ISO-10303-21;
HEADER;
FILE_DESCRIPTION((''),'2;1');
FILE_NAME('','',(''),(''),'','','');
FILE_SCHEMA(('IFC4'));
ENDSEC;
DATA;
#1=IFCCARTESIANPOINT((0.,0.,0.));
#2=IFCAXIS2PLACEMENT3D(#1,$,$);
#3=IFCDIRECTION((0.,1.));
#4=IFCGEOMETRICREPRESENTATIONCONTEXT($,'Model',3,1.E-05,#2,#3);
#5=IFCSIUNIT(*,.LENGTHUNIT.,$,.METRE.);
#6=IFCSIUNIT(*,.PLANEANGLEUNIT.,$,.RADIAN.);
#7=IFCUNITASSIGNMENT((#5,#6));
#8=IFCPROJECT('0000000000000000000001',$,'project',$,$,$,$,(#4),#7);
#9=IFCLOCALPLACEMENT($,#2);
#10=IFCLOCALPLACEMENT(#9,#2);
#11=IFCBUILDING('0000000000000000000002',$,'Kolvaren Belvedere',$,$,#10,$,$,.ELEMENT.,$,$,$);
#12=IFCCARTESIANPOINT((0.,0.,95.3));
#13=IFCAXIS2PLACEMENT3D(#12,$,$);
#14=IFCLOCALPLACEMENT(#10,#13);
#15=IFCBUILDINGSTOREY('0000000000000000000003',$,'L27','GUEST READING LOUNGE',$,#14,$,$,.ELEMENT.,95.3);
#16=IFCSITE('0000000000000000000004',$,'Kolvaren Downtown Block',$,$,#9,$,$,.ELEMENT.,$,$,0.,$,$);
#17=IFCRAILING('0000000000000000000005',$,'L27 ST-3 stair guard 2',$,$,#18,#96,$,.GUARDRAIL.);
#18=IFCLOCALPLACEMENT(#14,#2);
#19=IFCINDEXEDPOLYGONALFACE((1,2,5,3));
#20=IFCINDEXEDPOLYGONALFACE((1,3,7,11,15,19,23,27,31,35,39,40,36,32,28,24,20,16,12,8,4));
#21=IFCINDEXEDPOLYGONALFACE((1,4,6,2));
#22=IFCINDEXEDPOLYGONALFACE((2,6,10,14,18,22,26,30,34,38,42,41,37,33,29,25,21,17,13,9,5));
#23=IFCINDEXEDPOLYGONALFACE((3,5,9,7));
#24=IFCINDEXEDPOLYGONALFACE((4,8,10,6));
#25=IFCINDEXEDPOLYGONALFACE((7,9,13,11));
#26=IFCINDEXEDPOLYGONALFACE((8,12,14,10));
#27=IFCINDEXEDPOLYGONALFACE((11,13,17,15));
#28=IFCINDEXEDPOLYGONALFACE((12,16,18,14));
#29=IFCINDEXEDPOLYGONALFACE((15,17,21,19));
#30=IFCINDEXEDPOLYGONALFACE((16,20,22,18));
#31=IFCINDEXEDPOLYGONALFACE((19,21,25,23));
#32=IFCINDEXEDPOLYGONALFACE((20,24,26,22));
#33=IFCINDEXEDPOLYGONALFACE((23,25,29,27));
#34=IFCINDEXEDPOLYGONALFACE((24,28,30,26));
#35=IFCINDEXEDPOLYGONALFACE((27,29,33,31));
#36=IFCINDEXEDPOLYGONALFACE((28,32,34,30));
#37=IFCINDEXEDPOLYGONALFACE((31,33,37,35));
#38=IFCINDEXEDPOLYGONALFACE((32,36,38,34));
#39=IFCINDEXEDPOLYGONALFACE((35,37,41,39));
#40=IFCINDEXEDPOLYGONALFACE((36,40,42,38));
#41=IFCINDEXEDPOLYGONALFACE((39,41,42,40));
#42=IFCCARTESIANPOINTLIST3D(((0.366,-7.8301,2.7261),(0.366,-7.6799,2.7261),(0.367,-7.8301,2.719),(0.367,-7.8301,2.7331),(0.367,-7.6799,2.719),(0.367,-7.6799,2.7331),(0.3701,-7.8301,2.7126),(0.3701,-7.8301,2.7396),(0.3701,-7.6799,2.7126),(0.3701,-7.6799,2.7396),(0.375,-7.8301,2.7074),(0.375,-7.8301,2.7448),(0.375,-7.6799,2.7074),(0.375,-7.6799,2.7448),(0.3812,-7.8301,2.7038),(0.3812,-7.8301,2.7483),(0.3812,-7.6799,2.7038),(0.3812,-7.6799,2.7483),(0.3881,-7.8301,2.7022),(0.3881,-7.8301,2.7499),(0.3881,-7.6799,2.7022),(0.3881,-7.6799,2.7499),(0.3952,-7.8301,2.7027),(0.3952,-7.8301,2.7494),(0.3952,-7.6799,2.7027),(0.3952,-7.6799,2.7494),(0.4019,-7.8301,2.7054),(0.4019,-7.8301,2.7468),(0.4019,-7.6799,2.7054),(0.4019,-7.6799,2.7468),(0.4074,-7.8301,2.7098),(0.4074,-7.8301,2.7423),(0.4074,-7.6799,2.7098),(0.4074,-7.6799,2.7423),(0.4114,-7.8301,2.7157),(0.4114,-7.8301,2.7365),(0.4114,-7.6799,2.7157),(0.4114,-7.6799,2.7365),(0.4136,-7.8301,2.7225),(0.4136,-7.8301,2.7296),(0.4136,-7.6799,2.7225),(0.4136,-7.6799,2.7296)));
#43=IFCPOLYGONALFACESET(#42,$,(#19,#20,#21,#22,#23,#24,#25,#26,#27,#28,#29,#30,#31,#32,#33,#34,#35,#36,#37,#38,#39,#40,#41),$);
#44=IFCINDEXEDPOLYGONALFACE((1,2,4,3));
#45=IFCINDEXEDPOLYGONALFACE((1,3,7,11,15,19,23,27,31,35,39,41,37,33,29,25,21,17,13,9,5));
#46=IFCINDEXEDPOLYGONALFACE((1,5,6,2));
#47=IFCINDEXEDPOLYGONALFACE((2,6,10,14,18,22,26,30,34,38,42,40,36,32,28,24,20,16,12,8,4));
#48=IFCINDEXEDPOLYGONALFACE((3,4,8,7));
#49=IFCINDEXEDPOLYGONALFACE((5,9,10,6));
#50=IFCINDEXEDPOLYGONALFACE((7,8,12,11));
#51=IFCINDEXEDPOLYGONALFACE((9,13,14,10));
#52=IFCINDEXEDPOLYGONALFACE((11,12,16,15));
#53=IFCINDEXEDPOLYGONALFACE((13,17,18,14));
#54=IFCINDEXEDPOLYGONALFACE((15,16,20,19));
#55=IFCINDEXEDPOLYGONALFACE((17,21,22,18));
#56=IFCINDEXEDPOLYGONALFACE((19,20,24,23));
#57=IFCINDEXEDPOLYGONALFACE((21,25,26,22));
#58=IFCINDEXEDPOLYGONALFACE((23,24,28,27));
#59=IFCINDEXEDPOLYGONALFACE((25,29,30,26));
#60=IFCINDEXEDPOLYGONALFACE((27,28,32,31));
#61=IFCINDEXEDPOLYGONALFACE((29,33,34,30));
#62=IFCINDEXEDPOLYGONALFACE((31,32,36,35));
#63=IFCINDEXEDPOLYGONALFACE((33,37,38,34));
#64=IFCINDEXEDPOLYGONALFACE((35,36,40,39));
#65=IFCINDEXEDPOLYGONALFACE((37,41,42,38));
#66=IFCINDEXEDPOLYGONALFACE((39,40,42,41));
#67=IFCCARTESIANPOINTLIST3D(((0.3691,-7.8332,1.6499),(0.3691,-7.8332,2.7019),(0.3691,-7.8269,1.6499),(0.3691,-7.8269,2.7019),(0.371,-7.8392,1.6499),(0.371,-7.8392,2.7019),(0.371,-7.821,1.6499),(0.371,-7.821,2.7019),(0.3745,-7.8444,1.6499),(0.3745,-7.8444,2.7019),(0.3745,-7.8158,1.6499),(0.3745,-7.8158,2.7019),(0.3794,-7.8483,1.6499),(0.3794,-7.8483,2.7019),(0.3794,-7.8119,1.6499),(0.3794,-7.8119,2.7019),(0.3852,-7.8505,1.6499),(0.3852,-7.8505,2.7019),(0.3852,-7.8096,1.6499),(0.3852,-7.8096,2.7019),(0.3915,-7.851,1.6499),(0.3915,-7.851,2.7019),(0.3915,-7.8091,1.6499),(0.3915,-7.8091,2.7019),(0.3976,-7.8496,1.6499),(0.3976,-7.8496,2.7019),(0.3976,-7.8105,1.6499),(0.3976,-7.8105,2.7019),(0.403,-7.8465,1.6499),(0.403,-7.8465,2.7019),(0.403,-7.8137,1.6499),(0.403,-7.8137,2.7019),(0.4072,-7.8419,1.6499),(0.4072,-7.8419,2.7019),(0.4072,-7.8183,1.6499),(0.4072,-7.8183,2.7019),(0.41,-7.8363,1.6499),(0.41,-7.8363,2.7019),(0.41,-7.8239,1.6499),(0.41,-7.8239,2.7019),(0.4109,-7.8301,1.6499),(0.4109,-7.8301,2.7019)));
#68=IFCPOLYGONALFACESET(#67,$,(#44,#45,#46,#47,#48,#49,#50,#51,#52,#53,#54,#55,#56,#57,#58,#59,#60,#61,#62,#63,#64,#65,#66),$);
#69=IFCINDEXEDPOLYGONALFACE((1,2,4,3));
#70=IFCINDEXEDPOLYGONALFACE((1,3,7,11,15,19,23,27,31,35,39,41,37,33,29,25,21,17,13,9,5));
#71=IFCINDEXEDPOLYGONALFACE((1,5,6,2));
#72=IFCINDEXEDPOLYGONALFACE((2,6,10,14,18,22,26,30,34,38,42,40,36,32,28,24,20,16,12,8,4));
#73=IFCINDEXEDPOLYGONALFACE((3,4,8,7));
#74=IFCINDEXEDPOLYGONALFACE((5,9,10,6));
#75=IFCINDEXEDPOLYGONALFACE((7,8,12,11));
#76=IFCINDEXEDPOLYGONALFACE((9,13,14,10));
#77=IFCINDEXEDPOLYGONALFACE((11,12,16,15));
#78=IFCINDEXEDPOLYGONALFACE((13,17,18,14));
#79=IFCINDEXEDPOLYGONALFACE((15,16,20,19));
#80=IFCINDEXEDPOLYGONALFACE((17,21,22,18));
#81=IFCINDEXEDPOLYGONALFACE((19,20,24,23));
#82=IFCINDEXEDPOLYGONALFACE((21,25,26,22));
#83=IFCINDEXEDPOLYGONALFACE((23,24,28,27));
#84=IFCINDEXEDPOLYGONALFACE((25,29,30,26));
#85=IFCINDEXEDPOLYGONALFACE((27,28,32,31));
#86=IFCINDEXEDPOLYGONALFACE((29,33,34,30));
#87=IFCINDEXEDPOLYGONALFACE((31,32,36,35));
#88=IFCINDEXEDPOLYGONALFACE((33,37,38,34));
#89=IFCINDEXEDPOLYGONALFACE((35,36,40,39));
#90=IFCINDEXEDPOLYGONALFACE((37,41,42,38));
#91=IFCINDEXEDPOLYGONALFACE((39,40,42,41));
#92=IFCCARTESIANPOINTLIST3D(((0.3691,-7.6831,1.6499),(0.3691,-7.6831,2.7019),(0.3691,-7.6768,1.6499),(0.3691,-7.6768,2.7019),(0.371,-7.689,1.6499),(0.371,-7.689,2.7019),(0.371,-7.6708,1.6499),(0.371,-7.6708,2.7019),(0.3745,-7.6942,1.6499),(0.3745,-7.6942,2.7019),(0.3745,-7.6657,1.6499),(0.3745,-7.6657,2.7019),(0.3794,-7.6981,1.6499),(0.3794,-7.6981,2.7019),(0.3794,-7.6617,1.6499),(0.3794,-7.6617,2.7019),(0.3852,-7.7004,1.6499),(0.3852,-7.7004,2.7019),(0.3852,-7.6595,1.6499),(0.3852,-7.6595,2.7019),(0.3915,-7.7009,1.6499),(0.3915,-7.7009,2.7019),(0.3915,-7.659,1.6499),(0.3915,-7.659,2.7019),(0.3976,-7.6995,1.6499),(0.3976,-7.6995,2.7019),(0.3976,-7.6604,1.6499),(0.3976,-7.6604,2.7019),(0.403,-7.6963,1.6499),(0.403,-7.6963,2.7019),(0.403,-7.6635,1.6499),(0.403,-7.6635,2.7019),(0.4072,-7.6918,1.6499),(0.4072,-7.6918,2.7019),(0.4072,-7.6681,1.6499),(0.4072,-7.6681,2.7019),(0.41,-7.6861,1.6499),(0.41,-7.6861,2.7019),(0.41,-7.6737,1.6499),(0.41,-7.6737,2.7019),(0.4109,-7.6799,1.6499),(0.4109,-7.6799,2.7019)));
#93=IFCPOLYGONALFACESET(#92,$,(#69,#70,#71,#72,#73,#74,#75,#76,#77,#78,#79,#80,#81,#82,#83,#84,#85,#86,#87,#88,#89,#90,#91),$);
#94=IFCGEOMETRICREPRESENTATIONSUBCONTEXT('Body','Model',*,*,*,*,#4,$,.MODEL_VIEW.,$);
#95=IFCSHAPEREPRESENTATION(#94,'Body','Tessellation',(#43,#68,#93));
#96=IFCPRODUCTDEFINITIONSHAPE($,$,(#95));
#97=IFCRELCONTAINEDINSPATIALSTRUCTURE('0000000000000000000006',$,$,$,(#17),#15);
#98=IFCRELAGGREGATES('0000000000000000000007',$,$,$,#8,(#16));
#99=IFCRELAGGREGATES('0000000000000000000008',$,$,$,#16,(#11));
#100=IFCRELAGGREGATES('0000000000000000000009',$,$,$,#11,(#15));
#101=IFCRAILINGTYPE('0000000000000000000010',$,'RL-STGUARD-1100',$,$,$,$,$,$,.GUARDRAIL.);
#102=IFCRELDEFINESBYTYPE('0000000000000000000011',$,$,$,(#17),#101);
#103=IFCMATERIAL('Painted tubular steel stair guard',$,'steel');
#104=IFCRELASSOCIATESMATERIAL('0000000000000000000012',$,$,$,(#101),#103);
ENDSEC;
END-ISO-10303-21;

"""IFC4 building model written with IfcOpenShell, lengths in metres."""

from ifc_helpers import new_model, si_unit, direction, frame, origin, origin_2d, place, context, subcontext, project, spatial, circle, extrude, material, type_object, element, save


model = new_model("IFC4")

# Units and contexts
model_context = context("Model", 3, precision=1e-05, world=origin(), true_north=direction((0.0, 1.0)))
body_context = subcontext(model_context, "Body", "Model", "MODEL_VIEW")
ifc_project = project(units=[si_unit("LENGTHUNIT", "METRE"), si_unit("PLANEANGLEUNIT", "RADIAN")], contexts=[model_context])

# Site, building, storey
site_placement = place(None, origin())
site = spatial("IfcSite", under=ifc_project, at=site_placement, Name="Kolvaren Downtown Block", CompositionType="ELEMENT", RefElevation=0.0)
building_placement = place(site_placement, origin())
building = spatial("IfcBuilding", under=site, at=building_placement, Name="Kolvaren Belvedere", CompositionType="ELEMENT")
storey_placement = place(building_placement, frame((0.0, 0.0, 95.3)))
storey = spatial("IfcBuildingStorey", under=building, at=storey_placement, Name="L27", Description="GUEST READING LOUNGE", CompositionType="ELEMENT", Elevation=95.3)

# Railing
ifc_material_1 = material(Name="Painted tubular steel stair guard", Category="steel")
railing_type_1 = type_object("IfcRailingType", Name="RL-STGUARD-1100", PredefinedType="GUARDRAIL", material=ifc_material_1)
railing_1_placement = place(storey_placement, frame((0.3899, -7.8301, 1.6499)))
element("IfcRailing", 1, at=railing_1_placement, inside=storey, type_object=railing_type_1, Name="L27 ST-3 stair guard 2", PredefinedType="GUARDRAIL", context=body_context, shape_type="SweptSolid", body=[
    extrude(circle(Radius=0.0239, at=origin_2d()), frame((0.0, 0.0, 1.0762), z_axis=(0.0, 1.0, 0.0), x_axis=(-1.0, 0.0, 0.0)), (0.0, 0.0, 1.0), 0.1501),
    extrude(circle(Radius=0.021, at=origin_2d()), origin(), (0.0, 0.0, 1.0), 1.052),
    extrude(circle(Radius=0.021, at=origin_2d()), frame((0.0, 0.1501, 0.0)), (0.0, 0.0, 1.0), 1.052),
])

save(model, "model.ifc")
